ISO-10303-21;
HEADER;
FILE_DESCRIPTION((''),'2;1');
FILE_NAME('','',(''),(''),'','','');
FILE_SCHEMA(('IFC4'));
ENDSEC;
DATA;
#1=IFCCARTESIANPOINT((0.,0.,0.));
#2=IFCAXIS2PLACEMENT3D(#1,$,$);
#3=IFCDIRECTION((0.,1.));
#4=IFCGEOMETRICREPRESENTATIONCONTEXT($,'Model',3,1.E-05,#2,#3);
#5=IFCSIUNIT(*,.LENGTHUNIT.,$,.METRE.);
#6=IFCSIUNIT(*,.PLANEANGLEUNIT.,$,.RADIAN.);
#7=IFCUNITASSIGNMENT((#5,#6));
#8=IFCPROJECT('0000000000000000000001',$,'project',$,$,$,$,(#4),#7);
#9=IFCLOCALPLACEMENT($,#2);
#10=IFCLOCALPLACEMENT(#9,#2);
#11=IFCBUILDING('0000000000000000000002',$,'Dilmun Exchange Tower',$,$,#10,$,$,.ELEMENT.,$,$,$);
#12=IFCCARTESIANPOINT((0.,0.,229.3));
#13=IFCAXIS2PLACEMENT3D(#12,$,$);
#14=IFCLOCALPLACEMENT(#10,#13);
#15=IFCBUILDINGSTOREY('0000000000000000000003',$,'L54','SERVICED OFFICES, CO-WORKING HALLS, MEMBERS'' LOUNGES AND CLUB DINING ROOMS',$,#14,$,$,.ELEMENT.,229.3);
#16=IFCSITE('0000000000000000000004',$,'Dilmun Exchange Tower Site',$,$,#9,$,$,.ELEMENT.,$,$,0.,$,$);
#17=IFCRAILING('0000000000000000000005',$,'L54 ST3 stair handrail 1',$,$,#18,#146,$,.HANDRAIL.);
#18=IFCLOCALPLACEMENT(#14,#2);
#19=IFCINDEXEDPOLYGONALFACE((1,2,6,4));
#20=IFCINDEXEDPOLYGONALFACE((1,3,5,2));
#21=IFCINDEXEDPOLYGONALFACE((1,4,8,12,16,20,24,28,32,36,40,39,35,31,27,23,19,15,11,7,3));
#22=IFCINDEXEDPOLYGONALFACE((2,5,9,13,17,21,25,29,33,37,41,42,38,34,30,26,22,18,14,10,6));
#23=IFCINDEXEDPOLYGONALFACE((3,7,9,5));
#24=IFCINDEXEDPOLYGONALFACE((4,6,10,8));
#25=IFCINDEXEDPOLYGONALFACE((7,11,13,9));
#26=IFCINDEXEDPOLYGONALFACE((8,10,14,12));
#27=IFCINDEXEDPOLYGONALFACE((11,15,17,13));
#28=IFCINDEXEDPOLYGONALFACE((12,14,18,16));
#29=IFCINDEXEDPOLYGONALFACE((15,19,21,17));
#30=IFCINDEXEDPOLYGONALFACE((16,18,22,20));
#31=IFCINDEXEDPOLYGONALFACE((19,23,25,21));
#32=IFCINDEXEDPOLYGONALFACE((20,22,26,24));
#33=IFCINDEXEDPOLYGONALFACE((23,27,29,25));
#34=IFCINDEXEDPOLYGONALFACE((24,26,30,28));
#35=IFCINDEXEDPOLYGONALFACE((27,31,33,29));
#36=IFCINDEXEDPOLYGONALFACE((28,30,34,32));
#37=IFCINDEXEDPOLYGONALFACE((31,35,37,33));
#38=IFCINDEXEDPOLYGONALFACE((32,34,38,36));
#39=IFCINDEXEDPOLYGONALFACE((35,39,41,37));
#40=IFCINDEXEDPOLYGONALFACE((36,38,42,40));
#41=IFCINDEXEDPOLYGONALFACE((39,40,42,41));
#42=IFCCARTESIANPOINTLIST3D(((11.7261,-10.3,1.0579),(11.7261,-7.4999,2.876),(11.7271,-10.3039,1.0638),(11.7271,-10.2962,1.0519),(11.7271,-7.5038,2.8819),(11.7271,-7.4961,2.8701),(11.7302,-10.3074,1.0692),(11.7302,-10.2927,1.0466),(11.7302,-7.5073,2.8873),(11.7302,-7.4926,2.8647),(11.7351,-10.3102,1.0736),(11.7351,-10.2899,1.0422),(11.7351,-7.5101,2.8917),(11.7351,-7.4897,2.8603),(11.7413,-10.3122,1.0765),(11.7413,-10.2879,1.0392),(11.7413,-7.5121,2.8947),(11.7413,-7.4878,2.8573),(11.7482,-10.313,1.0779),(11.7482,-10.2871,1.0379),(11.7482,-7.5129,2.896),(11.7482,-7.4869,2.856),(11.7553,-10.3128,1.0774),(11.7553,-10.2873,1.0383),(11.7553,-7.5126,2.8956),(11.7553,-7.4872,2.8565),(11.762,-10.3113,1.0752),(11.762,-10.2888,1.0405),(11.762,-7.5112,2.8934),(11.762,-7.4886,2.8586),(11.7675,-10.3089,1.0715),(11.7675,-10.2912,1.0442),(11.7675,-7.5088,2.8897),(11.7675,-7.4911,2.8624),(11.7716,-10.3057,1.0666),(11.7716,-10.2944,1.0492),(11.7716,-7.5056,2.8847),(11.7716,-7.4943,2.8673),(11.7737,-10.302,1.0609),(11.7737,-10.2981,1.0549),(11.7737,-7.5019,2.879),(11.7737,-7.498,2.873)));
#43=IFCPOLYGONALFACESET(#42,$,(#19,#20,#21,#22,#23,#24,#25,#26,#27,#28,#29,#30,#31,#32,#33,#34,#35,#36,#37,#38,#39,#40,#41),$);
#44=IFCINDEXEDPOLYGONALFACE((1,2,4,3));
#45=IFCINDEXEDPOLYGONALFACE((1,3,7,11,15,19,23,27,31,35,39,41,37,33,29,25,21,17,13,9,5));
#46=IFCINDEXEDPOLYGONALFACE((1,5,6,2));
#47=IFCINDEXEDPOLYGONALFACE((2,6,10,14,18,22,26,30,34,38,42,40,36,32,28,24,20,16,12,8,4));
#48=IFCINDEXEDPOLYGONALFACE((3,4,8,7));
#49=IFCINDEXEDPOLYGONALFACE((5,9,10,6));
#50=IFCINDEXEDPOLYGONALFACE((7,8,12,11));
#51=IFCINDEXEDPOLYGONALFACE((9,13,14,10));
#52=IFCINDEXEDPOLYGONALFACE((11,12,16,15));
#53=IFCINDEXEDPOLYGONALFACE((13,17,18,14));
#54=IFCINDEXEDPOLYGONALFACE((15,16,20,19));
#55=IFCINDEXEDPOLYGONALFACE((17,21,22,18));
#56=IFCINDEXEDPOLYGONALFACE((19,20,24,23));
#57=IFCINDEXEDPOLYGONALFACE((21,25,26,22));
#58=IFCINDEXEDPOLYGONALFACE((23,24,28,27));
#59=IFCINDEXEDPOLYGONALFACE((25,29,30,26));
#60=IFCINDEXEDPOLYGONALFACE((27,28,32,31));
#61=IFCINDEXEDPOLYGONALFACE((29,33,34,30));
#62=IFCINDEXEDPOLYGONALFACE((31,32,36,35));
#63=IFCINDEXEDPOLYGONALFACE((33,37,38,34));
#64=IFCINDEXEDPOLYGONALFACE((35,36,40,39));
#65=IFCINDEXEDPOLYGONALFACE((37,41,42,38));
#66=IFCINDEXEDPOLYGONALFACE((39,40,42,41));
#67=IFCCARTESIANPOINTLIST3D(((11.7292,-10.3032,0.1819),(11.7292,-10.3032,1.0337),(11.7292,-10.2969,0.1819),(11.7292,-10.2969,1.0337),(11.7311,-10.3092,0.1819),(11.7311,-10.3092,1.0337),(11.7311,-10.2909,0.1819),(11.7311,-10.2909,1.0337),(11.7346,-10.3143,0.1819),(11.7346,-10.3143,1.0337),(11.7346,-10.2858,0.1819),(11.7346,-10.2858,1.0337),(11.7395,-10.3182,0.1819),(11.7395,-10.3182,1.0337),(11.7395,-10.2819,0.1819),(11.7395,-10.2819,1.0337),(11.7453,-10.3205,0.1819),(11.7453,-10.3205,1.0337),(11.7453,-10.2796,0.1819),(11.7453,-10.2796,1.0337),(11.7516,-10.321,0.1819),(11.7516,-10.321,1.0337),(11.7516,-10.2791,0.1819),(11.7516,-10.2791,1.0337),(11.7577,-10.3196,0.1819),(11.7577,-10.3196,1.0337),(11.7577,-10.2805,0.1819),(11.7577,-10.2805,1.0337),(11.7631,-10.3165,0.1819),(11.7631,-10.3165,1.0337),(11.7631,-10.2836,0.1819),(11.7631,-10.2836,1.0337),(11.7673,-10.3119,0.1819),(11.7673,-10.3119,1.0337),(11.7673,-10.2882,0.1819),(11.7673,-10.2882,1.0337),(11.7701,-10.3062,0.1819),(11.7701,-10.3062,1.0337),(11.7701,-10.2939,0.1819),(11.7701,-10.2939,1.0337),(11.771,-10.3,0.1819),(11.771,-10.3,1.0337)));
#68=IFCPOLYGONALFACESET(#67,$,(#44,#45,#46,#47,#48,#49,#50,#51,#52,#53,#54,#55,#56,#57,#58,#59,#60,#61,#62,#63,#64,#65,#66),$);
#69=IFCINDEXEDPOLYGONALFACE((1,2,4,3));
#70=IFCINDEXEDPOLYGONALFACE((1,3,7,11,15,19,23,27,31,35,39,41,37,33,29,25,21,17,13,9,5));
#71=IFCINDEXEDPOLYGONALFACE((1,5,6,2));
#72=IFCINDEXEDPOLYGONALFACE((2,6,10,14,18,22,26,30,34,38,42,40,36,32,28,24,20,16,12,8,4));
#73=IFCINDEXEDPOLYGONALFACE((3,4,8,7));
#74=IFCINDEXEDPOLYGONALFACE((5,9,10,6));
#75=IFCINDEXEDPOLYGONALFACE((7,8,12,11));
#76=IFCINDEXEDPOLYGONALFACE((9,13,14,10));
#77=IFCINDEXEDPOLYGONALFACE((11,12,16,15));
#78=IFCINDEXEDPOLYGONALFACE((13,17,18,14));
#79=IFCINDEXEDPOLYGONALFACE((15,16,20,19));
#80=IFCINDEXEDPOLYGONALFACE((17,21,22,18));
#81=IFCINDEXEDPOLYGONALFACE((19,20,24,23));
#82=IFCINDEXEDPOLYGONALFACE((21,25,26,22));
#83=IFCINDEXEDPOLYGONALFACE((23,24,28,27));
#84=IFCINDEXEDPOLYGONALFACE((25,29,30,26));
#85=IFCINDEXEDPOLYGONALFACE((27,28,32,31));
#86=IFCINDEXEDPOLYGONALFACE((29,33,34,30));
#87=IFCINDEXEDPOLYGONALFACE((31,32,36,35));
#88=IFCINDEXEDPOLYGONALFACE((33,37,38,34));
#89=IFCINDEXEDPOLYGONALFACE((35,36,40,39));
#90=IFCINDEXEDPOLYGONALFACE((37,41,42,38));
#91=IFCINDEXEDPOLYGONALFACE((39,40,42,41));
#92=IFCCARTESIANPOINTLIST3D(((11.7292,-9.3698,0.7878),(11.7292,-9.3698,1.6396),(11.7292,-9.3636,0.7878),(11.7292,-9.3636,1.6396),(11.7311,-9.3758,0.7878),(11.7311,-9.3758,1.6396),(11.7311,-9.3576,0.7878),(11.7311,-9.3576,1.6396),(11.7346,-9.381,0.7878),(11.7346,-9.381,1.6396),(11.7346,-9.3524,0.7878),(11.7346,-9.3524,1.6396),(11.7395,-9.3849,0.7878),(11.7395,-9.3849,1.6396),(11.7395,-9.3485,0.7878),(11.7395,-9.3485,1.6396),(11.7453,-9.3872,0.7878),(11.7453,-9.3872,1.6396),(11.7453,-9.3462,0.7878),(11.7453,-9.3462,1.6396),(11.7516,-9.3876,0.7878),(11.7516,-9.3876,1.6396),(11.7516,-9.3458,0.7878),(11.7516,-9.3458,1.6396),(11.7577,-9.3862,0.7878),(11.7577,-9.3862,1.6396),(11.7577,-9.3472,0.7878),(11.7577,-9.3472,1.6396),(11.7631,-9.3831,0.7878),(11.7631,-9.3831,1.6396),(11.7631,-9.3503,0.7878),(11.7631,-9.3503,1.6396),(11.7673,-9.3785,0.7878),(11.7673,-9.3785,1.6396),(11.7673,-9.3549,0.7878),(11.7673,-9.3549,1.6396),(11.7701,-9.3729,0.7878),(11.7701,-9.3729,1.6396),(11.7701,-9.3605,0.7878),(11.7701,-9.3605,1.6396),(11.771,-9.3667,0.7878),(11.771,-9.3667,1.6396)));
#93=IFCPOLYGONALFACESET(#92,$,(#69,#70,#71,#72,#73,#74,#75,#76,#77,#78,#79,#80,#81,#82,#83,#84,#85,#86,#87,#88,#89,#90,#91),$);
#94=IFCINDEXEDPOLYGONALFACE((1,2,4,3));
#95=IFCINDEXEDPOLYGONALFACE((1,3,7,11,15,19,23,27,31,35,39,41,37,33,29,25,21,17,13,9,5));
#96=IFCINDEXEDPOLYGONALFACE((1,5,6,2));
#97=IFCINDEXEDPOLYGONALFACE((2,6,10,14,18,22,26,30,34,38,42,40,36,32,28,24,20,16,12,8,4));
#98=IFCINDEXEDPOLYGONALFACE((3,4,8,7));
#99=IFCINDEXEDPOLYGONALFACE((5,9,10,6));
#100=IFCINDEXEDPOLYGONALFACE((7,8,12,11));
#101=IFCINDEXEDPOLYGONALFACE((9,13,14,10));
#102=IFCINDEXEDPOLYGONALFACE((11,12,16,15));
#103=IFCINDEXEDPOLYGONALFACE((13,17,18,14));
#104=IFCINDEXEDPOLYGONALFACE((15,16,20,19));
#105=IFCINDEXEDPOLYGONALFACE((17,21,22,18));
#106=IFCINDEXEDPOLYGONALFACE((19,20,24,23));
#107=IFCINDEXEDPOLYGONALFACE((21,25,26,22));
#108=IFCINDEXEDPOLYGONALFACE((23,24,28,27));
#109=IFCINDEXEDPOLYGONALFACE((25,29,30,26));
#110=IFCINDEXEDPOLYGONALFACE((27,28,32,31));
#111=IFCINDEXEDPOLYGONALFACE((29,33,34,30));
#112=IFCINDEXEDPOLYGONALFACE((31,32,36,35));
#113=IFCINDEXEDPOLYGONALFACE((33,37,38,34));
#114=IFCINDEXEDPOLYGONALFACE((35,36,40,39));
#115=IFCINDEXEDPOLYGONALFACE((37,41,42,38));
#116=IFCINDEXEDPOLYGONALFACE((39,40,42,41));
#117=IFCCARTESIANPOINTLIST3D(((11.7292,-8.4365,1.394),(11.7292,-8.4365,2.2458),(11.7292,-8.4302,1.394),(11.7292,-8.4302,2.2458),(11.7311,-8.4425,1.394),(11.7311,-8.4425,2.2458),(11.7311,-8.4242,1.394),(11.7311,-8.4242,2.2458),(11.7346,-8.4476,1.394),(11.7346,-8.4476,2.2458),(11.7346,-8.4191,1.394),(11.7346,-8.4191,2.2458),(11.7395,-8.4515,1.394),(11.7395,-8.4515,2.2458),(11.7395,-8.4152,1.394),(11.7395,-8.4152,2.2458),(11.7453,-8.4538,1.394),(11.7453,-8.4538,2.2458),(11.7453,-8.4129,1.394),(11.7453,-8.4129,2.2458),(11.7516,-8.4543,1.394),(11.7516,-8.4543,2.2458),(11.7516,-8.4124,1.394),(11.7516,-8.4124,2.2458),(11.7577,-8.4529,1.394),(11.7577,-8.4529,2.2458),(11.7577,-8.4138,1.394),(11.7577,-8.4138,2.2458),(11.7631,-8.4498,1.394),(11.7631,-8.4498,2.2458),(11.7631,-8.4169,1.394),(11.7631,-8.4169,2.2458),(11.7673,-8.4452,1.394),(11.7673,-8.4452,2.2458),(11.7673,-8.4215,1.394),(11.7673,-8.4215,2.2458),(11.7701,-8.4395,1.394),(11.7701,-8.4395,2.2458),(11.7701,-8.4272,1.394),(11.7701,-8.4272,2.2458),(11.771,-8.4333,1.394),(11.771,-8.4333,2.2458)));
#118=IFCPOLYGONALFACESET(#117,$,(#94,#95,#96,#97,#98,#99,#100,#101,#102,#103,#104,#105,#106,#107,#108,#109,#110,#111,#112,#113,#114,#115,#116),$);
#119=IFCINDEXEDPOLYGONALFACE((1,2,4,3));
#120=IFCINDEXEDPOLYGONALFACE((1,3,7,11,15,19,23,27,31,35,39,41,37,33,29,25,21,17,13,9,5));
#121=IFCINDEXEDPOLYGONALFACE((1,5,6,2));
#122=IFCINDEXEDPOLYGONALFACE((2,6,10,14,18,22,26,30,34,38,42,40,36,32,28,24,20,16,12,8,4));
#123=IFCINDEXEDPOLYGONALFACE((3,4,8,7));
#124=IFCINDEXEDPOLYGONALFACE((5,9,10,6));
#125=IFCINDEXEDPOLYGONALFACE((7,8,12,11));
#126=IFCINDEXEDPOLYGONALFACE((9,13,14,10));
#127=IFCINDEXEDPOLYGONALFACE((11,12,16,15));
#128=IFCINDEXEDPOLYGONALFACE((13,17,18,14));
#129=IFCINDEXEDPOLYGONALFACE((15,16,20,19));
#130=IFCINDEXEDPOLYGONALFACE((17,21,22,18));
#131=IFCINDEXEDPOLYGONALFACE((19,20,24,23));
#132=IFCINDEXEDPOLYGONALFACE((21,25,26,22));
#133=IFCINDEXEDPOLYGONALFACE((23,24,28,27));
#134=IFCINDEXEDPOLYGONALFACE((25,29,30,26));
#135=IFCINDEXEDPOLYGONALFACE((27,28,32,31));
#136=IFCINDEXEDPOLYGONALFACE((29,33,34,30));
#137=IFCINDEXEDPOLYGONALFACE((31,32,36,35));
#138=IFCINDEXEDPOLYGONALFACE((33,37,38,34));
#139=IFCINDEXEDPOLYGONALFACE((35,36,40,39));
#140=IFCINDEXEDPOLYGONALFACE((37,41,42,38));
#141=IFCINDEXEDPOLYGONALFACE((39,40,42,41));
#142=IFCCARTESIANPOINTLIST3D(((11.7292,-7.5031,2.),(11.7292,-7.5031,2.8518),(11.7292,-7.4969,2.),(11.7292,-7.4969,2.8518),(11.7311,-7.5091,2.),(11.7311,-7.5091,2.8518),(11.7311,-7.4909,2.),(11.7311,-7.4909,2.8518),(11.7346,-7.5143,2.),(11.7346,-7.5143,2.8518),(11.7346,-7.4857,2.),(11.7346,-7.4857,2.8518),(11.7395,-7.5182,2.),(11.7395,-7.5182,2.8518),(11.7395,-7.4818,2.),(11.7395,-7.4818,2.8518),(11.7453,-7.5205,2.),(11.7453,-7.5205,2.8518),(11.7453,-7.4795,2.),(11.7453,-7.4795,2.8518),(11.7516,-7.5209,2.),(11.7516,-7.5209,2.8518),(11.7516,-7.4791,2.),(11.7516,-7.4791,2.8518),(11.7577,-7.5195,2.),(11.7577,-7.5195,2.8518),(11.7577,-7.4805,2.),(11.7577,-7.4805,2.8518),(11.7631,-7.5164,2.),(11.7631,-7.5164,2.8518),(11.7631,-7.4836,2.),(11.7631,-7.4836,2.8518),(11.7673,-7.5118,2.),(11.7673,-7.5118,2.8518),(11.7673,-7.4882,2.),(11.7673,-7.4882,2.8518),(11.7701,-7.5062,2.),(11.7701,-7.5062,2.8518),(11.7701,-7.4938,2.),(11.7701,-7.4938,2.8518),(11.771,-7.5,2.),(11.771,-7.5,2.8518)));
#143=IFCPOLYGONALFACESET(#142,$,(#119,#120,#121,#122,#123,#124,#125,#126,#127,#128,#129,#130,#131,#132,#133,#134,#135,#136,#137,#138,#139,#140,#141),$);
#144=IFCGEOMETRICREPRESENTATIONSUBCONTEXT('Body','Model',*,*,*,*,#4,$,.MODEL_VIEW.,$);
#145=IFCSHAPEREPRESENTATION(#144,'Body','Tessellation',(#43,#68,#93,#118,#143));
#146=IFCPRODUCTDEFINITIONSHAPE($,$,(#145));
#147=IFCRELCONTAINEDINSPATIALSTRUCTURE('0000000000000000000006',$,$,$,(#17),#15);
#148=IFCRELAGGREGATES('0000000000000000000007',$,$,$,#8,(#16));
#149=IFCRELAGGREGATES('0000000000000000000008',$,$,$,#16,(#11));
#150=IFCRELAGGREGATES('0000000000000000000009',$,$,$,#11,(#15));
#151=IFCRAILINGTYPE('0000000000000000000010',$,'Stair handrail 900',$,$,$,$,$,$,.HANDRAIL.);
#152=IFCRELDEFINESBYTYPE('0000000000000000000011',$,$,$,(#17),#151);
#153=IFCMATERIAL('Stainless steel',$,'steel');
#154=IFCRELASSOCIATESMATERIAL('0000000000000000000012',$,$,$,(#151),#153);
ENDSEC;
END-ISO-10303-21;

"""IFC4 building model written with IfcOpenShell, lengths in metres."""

from ifc_helpers import new_model, si_unit, direction, frame, origin, origin_2d, place, context, subcontext, project, spatial, circle, extrude, material, type_object, element, save


model = new_model("IFC4")

# Units and contexts
model_context = context("Model", 3, precision=1e-05, world=origin(), true_north=direction((0.0, 1.0)))
body_context = subcontext(model_context, "Body", "Model", "MODEL_VIEW")
ifc_project = project(units=[si_unit("LENGTHUNIT", "METRE"), si_unit("PLANEANGLEUNIT", "RADIAN")], contexts=[model_context])

# Site, building, storey
site_placement = place(None, origin())
site = spatial("IfcSite", under=ifc_project, at=site_placement, Name="Dilmun Exchange Tower Site", CompositionType="ELEMENT", RefElevation=0.0)
building_placement = place(site_placement, origin())
building = spatial("IfcBuilding", under=site, at=building_placement, Name="Dilmun Exchange Tower", CompositionType="ELEMENT")
storey_placement = place(building_placement, frame((0.0, 0.0, 229.3)))
storey = spatial("IfcBuildingStorey", under=building, at=storey_placement, Name="L54", Description="SERVICED OFFICES, CO-WORKING HALLS, MEMBERS' LOUNGES AND CLUB DINING ROOMS", CompositionType="ELEMENT", Elevation=229.3)

# Railing
ifc_material_1 = material(Name="Stainless steel", Category="steel")
railing_type = type_object("IfcRailingType", Name="Stair handrail 900", PredefinedType="HANDRAIL", material=ifc_material_1)
railing_1_placement = place(storey_placement, frame((11.75, -10.3, 0.1819)))
element("IfcRailing", 1, at=railing_1_placement, inside=storey, type_object=railing_type, Name="L54 ST3 stair handrail 1", PredefinedType="HANDRAIL", context=body_context, shape_type="SweptSolid", body=[
    extrude(circle(Radius=0.0239, at=origin_2d()), frame((0.0, 0.0, 0.876), z_axis=(0.0, 0.838706, 0.544585), x_axis=(-1.0, 0.0, 0.0)), (0.0, 0.0, 1.0), 3.3386),
    extrude(circle(Radius=0.021, at=origin_2d()), origin(), (0.0, 0.0, 1.0), 0.8518),
    extrude(circle(Radius=0.021, at=origin_2d()), frame((0.0, 0.9333, 0.606)), (0.0, 0.0, 1.0), 0.8518),
    extrude(circle(Radius=0.021, at=origin_2d()), frame((0.0, 1.8667, 1.2122)), (0.0, 0.0, 1.0), 0.8518),
    extrude(circle(Radius=0.021, at=origin_2d()), frame((0.0, 2.8, 1.8181)), (0.0, 0.0, 1.0), 0.8518),
])

save(model, "model.ifc")
